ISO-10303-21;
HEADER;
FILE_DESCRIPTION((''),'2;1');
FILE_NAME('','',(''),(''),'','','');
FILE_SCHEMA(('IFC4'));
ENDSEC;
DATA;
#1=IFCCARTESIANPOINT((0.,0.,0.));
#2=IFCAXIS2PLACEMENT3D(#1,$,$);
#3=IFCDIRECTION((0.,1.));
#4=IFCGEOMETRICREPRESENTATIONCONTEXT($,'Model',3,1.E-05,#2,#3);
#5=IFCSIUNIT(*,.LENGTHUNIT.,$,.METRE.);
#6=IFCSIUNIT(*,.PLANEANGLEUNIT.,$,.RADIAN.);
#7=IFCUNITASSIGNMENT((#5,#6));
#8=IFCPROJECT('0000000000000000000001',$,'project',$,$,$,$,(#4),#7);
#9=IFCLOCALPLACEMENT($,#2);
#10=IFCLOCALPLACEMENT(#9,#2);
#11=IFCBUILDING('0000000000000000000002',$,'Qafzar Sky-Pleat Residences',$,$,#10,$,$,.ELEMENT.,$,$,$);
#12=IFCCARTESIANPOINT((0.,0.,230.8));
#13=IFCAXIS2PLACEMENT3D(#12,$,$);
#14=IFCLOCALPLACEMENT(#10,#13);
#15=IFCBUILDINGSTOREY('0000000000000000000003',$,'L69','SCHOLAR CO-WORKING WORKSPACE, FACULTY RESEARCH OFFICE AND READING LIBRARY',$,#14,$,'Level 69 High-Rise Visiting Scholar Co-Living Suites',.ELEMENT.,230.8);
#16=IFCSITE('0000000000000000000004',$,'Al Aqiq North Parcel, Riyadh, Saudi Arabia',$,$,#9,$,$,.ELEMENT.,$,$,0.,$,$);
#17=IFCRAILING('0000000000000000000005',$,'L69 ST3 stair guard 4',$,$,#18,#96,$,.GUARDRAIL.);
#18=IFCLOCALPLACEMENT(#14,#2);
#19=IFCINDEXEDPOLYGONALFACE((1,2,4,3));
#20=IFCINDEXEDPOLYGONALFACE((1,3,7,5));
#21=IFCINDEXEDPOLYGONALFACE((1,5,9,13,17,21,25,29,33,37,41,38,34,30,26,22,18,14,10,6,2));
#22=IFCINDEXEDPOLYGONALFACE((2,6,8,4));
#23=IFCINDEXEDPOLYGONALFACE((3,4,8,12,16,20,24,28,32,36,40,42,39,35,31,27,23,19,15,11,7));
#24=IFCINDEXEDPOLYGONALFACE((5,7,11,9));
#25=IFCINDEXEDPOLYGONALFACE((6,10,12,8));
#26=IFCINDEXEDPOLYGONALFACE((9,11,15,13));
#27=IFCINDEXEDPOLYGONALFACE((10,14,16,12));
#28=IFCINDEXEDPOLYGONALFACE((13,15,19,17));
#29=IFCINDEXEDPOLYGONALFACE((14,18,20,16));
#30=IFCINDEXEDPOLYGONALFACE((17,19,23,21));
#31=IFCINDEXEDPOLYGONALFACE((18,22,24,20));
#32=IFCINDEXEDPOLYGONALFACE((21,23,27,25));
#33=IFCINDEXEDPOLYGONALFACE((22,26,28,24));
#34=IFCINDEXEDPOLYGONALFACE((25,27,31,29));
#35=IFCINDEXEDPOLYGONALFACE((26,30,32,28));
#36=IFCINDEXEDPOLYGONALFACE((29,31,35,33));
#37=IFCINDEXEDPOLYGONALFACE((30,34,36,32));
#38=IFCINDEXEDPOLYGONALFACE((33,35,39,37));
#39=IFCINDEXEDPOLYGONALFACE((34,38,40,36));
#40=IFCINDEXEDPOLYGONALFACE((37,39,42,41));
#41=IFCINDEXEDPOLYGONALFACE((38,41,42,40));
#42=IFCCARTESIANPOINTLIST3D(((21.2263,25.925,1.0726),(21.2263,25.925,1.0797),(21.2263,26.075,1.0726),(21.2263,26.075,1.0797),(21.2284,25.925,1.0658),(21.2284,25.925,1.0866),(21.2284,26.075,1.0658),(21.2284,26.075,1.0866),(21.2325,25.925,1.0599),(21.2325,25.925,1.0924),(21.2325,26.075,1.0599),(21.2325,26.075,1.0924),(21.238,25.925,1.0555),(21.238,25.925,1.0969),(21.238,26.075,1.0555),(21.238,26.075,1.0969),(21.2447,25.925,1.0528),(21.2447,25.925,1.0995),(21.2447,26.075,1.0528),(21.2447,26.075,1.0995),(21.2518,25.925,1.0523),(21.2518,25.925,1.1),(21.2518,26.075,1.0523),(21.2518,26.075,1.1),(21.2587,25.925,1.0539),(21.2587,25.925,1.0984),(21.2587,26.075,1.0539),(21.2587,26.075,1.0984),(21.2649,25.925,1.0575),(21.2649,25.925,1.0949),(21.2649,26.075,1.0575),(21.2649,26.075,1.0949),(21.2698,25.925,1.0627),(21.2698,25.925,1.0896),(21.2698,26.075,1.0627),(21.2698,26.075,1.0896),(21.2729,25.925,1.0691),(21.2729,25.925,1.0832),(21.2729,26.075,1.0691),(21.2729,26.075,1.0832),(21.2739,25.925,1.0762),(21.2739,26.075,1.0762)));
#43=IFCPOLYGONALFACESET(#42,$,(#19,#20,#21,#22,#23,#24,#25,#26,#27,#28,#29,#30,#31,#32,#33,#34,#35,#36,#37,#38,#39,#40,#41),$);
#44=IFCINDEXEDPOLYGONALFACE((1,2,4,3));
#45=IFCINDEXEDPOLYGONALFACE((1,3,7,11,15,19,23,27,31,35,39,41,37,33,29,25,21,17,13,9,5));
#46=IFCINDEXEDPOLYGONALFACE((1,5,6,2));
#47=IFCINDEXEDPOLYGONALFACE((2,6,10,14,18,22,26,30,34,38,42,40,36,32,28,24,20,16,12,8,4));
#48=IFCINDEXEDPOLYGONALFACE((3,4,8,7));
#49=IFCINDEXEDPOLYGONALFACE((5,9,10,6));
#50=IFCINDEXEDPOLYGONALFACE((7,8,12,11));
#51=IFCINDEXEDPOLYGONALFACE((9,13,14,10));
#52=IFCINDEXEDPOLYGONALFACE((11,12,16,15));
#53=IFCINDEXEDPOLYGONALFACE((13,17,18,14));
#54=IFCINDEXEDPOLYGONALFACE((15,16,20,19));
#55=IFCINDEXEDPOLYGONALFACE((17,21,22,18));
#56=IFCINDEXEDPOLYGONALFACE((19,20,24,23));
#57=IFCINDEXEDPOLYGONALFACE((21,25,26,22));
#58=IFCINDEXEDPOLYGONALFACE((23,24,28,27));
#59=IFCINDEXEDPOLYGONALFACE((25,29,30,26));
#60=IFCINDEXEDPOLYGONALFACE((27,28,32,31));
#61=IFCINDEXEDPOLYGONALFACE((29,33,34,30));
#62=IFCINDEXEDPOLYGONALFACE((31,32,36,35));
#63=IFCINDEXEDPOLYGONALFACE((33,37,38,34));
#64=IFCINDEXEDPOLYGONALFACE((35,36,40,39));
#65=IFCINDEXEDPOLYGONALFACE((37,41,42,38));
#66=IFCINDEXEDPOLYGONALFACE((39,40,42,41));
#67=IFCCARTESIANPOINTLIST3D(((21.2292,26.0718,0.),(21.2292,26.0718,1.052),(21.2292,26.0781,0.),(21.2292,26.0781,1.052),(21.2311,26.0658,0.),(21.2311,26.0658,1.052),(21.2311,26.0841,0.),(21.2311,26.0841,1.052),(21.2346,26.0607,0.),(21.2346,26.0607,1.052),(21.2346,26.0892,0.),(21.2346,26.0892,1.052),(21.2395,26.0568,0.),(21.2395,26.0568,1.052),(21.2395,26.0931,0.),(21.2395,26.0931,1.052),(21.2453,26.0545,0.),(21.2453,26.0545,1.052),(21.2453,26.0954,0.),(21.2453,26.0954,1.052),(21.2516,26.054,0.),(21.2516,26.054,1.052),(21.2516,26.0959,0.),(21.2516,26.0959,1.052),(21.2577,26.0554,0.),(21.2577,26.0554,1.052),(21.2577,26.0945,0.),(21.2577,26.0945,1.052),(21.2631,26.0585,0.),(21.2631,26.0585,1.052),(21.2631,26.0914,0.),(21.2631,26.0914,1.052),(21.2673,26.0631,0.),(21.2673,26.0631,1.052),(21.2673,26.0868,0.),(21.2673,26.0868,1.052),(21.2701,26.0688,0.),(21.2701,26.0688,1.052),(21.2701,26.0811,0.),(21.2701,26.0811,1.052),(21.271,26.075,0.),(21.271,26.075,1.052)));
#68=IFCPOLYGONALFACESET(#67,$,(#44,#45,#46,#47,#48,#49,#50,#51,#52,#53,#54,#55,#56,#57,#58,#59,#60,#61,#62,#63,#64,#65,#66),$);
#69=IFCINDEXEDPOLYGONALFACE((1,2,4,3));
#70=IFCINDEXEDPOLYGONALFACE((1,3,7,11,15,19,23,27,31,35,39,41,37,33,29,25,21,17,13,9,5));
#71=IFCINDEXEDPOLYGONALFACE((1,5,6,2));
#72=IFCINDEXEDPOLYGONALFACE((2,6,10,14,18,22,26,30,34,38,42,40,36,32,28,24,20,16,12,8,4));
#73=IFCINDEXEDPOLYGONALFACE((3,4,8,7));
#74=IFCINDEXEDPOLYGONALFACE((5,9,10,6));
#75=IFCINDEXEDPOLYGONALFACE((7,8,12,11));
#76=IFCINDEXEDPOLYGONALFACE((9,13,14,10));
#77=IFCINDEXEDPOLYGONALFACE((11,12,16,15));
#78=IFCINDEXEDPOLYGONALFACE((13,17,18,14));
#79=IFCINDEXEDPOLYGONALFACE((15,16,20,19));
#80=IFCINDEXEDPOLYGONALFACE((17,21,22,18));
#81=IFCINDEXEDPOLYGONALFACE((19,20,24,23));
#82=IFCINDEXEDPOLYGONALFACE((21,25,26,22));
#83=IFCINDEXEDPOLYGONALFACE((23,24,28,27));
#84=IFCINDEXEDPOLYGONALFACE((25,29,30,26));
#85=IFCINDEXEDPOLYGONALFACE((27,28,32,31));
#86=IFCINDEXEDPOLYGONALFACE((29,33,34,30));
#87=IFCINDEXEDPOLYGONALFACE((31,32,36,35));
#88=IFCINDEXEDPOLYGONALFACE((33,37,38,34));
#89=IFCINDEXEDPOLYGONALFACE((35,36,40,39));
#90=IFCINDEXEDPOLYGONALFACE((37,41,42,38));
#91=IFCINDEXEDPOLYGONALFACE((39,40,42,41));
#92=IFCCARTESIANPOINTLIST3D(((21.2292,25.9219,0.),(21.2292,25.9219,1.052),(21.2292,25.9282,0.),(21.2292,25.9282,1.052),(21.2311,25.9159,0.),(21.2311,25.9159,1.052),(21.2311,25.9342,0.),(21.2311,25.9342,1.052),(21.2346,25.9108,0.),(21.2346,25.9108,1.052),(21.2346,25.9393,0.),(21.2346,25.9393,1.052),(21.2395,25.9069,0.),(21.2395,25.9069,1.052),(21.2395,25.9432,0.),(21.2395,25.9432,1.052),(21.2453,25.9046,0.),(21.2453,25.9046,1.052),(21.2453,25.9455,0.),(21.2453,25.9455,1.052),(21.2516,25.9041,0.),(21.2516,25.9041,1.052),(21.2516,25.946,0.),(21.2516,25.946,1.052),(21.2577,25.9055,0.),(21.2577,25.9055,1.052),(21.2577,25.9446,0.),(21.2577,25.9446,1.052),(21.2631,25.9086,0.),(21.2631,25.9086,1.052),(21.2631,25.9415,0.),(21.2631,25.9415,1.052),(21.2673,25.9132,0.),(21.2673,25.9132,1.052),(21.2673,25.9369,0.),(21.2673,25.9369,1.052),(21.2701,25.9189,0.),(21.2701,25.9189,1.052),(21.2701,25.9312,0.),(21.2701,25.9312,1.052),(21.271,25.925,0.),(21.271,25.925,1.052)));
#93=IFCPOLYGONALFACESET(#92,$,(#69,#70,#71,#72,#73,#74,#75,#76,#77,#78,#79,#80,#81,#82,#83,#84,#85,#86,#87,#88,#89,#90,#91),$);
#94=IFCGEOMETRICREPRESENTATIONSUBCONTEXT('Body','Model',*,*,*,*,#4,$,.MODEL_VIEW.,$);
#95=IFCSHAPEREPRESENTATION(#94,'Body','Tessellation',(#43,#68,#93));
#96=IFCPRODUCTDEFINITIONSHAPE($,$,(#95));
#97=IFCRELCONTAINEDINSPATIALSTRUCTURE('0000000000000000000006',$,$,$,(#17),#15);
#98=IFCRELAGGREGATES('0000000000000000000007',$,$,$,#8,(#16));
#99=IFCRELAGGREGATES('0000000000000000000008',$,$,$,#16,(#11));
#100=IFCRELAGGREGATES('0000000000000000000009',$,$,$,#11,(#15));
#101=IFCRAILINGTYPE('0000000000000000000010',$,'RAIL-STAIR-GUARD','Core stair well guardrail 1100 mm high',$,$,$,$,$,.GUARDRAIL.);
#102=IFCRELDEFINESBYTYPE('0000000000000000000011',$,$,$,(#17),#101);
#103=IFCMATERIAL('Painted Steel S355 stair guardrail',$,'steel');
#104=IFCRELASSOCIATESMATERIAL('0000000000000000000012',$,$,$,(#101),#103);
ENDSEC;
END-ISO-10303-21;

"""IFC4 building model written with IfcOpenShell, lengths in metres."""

from ifc_helpers import new_model, si_unit, direction, frame, origin, origin_2d, place, context, subcontext, project, spatial, circle, extrude, source, transform, mapped, material, type_object, element, save


model = new_model("IFC4")

# Units and contexts
model_context = context("Model", 3, precision=1e-05, world=origin(), true_north=direction((0.0, 1.0)))
body_context = subcontext(model_context, "Body", "Model", "MODEL_VIEW")
ifc_project = project(units=[si_unit("LENGTHUNIT", "METRE"), si_unit("PLANEANGLEUNIT", "RADIAN")], contexts=[model_context])

# Site, building, storey
site_placement = place(None, origin())
site = spatial("IfcSite", under=ifc_project, at=site_placement, Name="Al Aqiq North Parcel, Riyadh, Saudi Arabia", CompositionType="ELEMENT", RefElevation=0.0)
building_placement = place(site_placement, origin())
building = spatial("IfcBuilding", under=site, at=building_placement, Name="Qafzar Sky-Pleat Residences", CompositionType="ELEMENT")
storey_placement = place(building_placement, frame((0.0, 0.0, 230.8)))
storey = spatial("IfcBuildingStorey", under=building, at=storey_placement, Name="L69", Description="SCHOLAR CO-WORKING WORKSPACE, FACULTY RESEARCH OFFICE AND READING LIBRARY", LongName="Level 69 High-Rise Visiting Scholar Co-Living Suites", CompositionType="ELEMENT", Elevation=230.8)

# Railing
ifc_material_1 = material(Name="Painted Steel S355 stair guardrail", Category="steel")
railing_type = type_object("IfcRailingType", Name="RAIL-STAIR-GUARD", Description="Core stair well guardrail 1100 mm high", PredefinedType="GUARDRAIL", material=ifc_material_1)
shared_shape_1 = source(origin(), body_context, "Body", "SweptSolid", [
    extrude(circle(Radius=0.0239, at=origin_2d()), frame((0.0, 0.0, 1.0762), z_axis=(0.0, -1.0, 0.0), x_axis=(1.0, 0.0, 0.0)), (0.0, 0.0, 1.0), 0.1499),
    extrude(circle(Radius=0.021, at=origin_2d()), origin(), (0.0, 0.0, 1.0), 1.052),
    extrude(circle(Radius=0.021, at=origin_2d()), frame((0.0, -0.1499, 0.0)), (0.0, 0.0, 1.0), 1.052),
])
railing_placement = place(storey_placement, frame((21.25, 26.075, 0.0)))
element("IfcRailing", 1, at=railing_placement, inside=storey, type_object=railing_type, Name="L69 ST3 stair guard 4", PredefinedType="GUARDRAIL", context=body_context, shape_type="MappedRepresentation", body=[
    mapped(shared_shape_1, transform((0.0, 0.0, 0.0), x_axis=(1.0, 0.0, 0.0), y_axis=(0.0, 1.0, 0.0), z_axis=(0.0, 0.0, 1.0), scale=1.0)),
])

save(model, "model.ifc")
